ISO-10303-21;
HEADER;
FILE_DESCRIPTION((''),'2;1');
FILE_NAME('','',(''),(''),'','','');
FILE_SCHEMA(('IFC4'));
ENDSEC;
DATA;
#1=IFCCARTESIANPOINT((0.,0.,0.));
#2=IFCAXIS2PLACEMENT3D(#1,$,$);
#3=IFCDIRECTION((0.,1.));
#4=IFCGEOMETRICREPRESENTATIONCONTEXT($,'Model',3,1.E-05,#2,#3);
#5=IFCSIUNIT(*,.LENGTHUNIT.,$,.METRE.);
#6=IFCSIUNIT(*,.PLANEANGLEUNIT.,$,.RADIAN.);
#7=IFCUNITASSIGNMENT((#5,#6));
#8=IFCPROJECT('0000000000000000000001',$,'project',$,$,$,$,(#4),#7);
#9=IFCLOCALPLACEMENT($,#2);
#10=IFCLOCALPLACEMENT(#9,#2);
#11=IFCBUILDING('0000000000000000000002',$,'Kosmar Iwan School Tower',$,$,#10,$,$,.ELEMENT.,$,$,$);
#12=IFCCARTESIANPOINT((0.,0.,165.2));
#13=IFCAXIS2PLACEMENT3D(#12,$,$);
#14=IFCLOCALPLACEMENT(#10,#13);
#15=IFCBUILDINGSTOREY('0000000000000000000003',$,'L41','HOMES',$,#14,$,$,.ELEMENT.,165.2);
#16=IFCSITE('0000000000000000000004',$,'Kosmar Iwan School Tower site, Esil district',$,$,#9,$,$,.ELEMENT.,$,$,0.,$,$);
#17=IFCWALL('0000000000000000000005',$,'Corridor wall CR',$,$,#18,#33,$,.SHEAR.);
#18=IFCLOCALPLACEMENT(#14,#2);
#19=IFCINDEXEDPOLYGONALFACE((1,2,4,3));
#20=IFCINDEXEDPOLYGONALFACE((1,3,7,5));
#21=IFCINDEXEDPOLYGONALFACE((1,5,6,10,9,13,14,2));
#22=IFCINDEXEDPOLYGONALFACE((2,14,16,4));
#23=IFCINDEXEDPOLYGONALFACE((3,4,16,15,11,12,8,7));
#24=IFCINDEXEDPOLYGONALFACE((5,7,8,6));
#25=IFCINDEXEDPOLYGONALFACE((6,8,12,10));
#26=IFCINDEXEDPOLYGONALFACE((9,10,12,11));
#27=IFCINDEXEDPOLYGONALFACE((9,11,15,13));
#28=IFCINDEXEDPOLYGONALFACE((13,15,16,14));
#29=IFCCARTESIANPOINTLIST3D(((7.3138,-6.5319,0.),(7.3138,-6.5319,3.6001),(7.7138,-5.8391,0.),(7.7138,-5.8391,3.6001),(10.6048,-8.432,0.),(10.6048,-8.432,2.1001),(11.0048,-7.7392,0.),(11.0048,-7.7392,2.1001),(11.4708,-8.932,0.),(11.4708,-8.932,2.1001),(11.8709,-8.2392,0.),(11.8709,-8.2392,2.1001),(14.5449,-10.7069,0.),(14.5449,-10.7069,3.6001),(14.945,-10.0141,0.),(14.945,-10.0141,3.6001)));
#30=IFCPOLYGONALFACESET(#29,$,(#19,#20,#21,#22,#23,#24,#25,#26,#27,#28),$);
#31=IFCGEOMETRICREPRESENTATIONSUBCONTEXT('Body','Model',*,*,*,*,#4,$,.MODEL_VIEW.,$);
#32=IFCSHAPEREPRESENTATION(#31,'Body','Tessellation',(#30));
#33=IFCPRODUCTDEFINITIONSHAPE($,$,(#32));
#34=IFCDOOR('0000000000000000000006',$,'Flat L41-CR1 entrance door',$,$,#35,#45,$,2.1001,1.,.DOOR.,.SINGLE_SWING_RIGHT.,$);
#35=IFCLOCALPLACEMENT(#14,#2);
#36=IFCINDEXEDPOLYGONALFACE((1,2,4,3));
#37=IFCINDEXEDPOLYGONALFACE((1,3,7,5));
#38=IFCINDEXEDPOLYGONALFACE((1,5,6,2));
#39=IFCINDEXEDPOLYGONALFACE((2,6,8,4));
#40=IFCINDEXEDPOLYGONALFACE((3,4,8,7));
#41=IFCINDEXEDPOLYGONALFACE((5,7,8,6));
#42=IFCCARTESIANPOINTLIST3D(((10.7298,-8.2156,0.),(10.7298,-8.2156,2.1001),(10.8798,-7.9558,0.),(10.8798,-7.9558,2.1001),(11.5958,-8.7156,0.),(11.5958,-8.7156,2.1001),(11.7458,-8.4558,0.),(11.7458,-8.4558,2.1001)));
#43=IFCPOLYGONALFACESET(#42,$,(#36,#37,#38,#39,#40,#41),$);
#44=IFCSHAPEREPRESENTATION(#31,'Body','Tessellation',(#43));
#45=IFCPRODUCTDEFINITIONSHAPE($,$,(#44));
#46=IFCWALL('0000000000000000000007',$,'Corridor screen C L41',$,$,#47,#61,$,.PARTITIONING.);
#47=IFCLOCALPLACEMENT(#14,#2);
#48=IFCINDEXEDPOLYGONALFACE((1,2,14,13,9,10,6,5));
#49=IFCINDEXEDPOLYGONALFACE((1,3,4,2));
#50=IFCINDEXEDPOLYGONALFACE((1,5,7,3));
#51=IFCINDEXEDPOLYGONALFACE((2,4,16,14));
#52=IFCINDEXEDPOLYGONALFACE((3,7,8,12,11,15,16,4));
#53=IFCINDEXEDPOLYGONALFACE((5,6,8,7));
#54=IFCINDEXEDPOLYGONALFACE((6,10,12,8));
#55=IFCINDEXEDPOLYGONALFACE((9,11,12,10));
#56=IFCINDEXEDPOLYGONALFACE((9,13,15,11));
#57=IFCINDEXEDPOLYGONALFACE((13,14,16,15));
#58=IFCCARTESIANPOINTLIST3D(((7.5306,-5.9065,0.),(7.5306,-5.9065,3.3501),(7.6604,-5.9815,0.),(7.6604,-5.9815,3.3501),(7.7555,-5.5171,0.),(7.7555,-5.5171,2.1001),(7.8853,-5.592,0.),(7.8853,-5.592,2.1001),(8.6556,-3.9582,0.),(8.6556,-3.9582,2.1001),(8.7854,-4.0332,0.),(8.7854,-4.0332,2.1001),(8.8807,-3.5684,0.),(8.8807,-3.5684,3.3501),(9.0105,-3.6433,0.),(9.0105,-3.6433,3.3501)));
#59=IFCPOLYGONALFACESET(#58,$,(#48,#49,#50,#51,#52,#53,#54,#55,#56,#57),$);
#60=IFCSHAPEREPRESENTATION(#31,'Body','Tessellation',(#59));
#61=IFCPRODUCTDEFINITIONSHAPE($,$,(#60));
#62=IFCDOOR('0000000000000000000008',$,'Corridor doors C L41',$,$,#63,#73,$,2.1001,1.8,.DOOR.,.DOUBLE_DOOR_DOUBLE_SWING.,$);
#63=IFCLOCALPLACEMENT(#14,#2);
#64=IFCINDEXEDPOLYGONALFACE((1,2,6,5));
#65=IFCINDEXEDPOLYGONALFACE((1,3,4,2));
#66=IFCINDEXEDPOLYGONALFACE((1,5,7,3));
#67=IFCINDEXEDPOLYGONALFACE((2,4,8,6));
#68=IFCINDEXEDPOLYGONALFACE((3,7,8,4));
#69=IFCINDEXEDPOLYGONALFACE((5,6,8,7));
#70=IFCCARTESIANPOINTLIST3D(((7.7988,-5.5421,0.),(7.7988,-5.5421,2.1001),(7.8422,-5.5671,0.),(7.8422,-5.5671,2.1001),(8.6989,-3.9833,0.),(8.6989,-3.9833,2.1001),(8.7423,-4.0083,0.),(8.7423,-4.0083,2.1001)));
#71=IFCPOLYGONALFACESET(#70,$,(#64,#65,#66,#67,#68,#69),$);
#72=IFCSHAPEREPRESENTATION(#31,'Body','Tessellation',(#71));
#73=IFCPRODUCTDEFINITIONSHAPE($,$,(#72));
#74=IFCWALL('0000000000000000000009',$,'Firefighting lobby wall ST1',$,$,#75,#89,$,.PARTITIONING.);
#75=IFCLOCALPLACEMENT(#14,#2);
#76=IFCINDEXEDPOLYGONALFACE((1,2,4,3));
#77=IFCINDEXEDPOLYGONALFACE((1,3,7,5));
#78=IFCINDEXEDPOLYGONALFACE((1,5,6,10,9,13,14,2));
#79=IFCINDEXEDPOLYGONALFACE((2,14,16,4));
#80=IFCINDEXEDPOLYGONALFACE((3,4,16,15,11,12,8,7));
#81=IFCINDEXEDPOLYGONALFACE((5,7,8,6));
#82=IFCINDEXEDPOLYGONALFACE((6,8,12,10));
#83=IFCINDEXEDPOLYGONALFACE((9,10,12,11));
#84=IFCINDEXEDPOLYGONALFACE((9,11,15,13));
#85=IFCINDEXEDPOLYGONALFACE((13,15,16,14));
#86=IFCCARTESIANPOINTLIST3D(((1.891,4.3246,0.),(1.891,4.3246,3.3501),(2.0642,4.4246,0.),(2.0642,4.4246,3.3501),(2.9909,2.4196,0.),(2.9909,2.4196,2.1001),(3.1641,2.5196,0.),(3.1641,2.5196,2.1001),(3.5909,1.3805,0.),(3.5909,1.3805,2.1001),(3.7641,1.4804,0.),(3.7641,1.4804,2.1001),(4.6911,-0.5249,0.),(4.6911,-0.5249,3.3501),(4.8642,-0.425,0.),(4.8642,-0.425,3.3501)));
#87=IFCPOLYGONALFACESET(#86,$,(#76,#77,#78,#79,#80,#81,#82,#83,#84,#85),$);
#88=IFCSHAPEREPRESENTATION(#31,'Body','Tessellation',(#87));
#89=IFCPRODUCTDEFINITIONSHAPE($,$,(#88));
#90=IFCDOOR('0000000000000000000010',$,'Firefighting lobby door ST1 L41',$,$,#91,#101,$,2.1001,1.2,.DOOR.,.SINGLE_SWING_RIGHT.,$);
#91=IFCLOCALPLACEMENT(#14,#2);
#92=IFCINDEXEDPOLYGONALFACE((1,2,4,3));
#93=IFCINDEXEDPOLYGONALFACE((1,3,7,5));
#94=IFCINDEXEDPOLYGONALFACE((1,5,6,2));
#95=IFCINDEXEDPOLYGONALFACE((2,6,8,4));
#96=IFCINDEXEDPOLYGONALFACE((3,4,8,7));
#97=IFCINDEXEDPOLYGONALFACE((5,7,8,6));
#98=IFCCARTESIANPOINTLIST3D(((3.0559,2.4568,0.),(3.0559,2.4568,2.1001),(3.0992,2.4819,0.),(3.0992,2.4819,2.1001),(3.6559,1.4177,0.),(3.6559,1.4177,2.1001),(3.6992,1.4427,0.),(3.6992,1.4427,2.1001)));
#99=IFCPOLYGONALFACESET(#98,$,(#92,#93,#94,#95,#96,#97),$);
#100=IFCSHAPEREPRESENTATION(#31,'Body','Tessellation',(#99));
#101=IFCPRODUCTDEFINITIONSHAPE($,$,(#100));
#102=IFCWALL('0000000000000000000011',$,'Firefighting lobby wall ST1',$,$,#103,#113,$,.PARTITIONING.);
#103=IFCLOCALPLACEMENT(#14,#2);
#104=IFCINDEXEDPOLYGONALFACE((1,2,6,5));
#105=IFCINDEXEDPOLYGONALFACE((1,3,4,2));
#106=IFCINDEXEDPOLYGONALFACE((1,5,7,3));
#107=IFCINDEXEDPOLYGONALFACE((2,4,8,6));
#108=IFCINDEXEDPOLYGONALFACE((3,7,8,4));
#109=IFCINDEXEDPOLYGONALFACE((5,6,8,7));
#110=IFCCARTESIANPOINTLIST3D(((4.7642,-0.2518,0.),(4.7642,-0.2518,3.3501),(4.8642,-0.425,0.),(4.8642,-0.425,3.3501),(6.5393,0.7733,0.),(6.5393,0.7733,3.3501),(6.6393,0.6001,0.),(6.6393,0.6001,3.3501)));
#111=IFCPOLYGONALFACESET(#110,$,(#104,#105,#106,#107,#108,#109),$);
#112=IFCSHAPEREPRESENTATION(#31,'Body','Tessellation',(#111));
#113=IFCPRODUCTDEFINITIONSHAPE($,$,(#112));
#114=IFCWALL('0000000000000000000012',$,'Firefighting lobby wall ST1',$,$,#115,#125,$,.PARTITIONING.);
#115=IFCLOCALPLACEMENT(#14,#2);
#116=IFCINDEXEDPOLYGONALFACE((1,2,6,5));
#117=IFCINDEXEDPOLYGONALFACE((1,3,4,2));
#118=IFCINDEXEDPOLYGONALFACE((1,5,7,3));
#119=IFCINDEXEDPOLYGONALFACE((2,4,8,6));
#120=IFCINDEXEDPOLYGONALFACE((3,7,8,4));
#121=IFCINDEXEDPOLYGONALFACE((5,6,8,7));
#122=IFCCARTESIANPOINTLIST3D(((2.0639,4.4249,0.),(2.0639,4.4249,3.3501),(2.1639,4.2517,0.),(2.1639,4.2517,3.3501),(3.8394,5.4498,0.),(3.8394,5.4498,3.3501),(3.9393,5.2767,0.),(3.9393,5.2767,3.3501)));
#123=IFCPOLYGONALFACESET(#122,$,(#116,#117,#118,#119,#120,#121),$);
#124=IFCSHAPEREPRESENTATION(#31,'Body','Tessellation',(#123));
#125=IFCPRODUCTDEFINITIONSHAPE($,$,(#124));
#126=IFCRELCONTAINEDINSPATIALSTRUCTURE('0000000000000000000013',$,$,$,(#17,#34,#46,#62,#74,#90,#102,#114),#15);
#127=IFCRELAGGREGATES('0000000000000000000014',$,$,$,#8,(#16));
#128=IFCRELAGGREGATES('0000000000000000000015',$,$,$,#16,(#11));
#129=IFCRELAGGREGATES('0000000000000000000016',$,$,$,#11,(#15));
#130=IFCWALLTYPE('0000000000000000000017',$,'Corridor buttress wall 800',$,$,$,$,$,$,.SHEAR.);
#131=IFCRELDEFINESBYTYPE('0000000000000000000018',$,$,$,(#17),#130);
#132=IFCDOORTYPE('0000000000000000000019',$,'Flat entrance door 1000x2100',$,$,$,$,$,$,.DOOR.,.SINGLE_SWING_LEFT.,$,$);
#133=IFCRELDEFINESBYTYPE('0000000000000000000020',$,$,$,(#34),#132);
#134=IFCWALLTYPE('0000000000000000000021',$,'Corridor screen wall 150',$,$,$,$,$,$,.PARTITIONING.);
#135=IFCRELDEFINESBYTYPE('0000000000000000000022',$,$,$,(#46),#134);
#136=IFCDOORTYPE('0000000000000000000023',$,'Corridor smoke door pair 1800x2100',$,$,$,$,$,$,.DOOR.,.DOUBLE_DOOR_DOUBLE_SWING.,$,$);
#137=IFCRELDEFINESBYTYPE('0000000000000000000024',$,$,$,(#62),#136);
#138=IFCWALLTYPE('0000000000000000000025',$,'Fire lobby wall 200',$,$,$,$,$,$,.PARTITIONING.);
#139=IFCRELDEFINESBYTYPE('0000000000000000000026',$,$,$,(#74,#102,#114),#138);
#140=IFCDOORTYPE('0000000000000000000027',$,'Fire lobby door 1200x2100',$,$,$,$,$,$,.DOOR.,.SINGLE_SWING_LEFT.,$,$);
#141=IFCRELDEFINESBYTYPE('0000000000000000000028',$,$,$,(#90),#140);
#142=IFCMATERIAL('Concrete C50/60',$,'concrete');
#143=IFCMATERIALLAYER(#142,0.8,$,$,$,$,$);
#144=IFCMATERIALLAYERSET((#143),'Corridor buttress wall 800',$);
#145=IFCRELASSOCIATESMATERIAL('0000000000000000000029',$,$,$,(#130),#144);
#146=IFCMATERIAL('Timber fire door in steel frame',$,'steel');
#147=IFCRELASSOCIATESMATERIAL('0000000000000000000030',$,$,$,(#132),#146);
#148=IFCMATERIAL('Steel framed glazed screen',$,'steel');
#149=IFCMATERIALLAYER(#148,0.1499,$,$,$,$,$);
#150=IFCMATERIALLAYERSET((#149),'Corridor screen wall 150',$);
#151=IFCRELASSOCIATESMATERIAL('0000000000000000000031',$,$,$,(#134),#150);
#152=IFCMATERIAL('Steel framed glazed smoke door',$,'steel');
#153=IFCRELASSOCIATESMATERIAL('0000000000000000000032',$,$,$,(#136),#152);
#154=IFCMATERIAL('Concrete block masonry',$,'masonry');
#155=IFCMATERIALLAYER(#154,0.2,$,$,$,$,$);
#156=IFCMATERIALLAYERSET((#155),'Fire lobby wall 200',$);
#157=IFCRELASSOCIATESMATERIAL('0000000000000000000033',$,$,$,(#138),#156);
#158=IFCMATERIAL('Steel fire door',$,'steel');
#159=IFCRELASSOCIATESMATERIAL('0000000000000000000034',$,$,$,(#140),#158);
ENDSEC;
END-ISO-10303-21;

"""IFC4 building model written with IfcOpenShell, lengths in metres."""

from ifc_helpers import new_model, si_unit, direction, frame, frame_2d, origin, place, context, subcontext, project, spatial, rectangle, extrude, material, layer, layer_set, type_object, element, fill, save


model = new_model("IFC4")

# Units and contexts
model_context = context("Model", 3, precision=1e-05, world=origin(), true_north=direction((0.0, 1.0)))
body_context = subcontext(model_context, "Body", "Model", "MODEL_VIEW")
ifc_project = project(units=[si_unit("LENGTHUNIT", "METRE"), si_unit("PLANEANGLEUNIT", "RADIAN")], contexts=[model_context])

# Site, building, storey
site_placement = place(None, origin())
site = spatial("IfcSite", under=ifc_project, at=site_placement, Name="Kosmar Iwan School Tower site, Esil district", CompositionType="ELEMENT", RefElevation=0.0)
building_placement = place(site_placement, origin())
building = spatial("IfcBuilding", under=site, at=building_placement, Name="Kosmar Iwan School Tower", CompositionType="ELEMENT")
storey_placement = place(building_placement, frame((0.0, 0.0, 165.2)))
storey = spatial("IfcBuildingStorey", under=building, at=storey_placement, Name="L41", Description="HOMES", CompositionType="ELEMENT", Elevation=165.2)

# Walls, openings, doors
ifc_material_1 = material(Name="Concrete C50/60", Category="concrete")
ifc_layer_1 = layer(ifc_material_1, 0.8)
ifc_layer_set_1 = layer_set([ifc_layer_1], Name="Corridor buttress wall 800")
wall_type_1 = type_object("IfcWallType", Name="Corridor buttress wall 800", PredefinedType="SHEAR", material=ifc_layer_set_1)
ifc_material_2 = material(Name="Timber fire door in steel frame", Category="steel")
door_type_1 = type_object("IfcDoorType", Name="Flat entrance door 1000x2100", OperationType="SINGLE_SWING_LEFT", PredefinedType="DOOR", material=ifc_material_2)
wall_1_placement = place(storey_placement, frame((7.5139, -6.1855, 0.0), z_axis=(0.0, 0.0, 1.0), x_axis=(0.86602, -0.50001, 0.0)))
wall_1 = element("IfcWall", 1, at=wall_1_placement, inside=storey, type_object=wall_type_1, Name="Corridor wall CR", PredefinedType="SHEAR", context=body_context, shape_type="SweptSolid", body=[
    extrude(rectangle(XDim=8.3499, YDim=0.8, at=frame_2d((4.1748, 0.0))), origin(), (0.0, 0.0, 1.0), 3.6001),
])
opening_1_placement = place(wall_1_placement, frame((3.8, 0.0, 0.0)))
opening_1 = element("IfcOpeningElement", 2, at=opening_1_placement, cuts=wall_1, PredefinedType="OPENING", context=body_context, shape_type="SweptSolid", body=[
    extrude(rectangle(XDim=1.0, YDim=2.1001, at=frame_2d((0.5, 1.05))), frame((0.0, 0.4121, 0.0), z_axis=(0.0, -1.0, 0.0), x_axis=(1.0, 0.0, 0.0)), (0.0, 0.0, 1.0), 0.824),
])
door_1_placement = place(opening_1_placement, origin())
door_1 = element("IfcDoor", 3, at=door_1_placement, inside=storey, type_object=door_type_1, Name="Flat L41-CR1 entrance door", OperationType="SINGLE_SWING_RIGHT", OverallHeight=2.1001, OverallWidth=1.0, PredefinedType="DOOR", context=body_context, shape_type="SweptSolid", body=[
    extrude(rectangle(XDim=1.0, YDim=2.1001, at=frame_2d((0.5, 1.05))), frame((0.0, 0.1499, 0.0), z_axis=(0.0, -1.0, 0.0), x_axis=(1.0, 0.0, 0.0)), (0.0, 0.0, 1.0), 0.3),
])
fill(opening_1, door_1)
ifc_material_3 = material(Name="Steel framed glazed screen", Category="steel")
ifc_layer_2 = layer(ifc_material_3, 0.1499)
ifc_layer_set_2 = layer_set([ifc_layer_2], Name="Corridor screen wall 150")
wall_type_2 = type_object("IfcWallType", Name="Corridor screen wall 150", PredefinedType="PARTITIONING", material=ifc_layer_set_2)
wall_2_placement = place(storey_placement, frame((7.5955, -5.9441, 0.0), z_axis=(0.0, 0.0, 1.0), x_axis=(0.500049, 0.865997, 0.0)))
wall_2 = element("IfcWall", 4, at=wall_2_placement, inside=storey, type_object=wall_type_2, Name="Corridor screen C L41", PredefinedType="PARTITIONING", context=body_context, shape_type="SweptSolid", body=[
    extrude(rectangle(XDim=2.7, YDim=0.1499, at=frame_2d((1.3501, 0.0))), origin(), (0.0, 0.0, 1.0), 3.3501),
])
opening_2_placement = place(wall_2_placement, frame((0.45, 0.0, 0.0)))
opening_2 = element("IfcOpeningElement", 5, at=opening_2_placement, cuts=wall_2, PredefinedType="OPENING", context=body_context, shape_type="SweptSolid", body=[
    extrude(rectangle(XDim=1.8, YDim=2.1001, at=frame_2d((0.8999, 1.05))), frame((0.0, 0.0869, 0.0), z_axis=(0.0, -1.0, 0.0), x_axis=(1.0, 0.0, 0.0)), (0.0, 0.0, 1.0), 0.1738),
])
ifc_material_4 = material(Name="Steel framed glazed smoke door", Category="steel")
door_type_2 = type_object("IfcDoorType", Name="Corridor smoke door pair 1800x2100", OperationType="DOUBLE_DOOR_DOUBLE_SWING", PredefinedType="DOOR", material=ifc_material_4)
door_2_placement = place(opening_2_placement, origin())
door_2 = element("IfcDoor", 6, at=door_2_placement, inside=storey, type_object=door_type_2, Name="Corridor doors C L41", OperationType="DOUBLE_DOOR_DOUBLE_SWING", OverallHeight=2.1001, OverallWidth=1.8, PredefinedType="DOOR", context=body_context, shape_type="SweptSolid", body=[
    extrude(rectangle(XDim=1.8, YDim=2.1001, at=frame_2d((0.8999, 1.05))), frame((0.0, 0.0249, 0.0), z_axis=(0.0, -1.0, 0.0), x_axis=(1.0, 0.0, 0.0)), (0.0, 0.0, 1.0), 0.05),
])
fill(opening_2, door_2)
ifc_material_5 = material(Name="Concrete block masonry", Category="masonry")
ifc_layer_3 = layer(ifc_material_5, 0.2)
ifc_layer_set_3 = layer_set([ifc_layer_3], Name="Fire lobby wall 200")
wall_type_3 = type_object("IfcWallType", Name="Fire lobby wall 200", PredefinedType="PARTITIONING", material=ifc_layer_set_3)
wall_3_placement = place(storey_placement, frame((4.7776, -0.4749, 0.0), z_axis=(0.0, 0.0, 1.0), x_axis=(-0.500017, 0.866016, 0.0)))
wall_3 = element("IfcWall", 7, at=wall_3_placement, inside=storey, type_object=wall_type_3, Name="Firefighting lobby wall ST1", PredefinedType="PARTITIONING", context=body_context, shape_type="SweptSolid", body=[
    extrude(rectangle(XDim=5.5999, YDim=0.2, at=frame_2d((2.7998, 0.0))), origin(), (0.0, 0.0, 1.0), 3.3501),
])
opening_3_placement = place(wall_3_placement, frame((2.2, 0.0, 0.0)))
opening_3 = element("IfcOpeningElement", 8, at=opening_3_placement, cuts=wall_3, PredefinedType="OPENING", context=body_context, shape_type="SweptSolid", body=[
    extrude(rectangle(XDim=1.2, YDim=2.1001, at=frame_2d((0.6001, 1.05))), frame((0.0, 0.1121, 0.0), z_axis=(0.0, -1.0, 0.0), x_axis=(1.0, 0.0, 0.0)), (0.0, 0.0, 1.0), 0.2239),
])
ifc_material_6 = material(Name="Steel fire door", Category="steel")
door_type_3 = type_object("IfcDoorType", Name="Fire lobby door 1200x2100", OperationType="SINGLE_SWING_LEFT", PredefinedType="DOOR", material=ifc_material_6)
door_3_placement = place(opening_3_placement, frame((1.2, 0.0, 0.0), z_axis=(0.0, 0.0, 1.0), x_axis=(-1.0, 0.0, 0.0)))
door_3 = element("IfcDoor", 9, at=door_3_placement, inside=storey, type_object=door_type_3, Name="Firefighting lobby door ST1 L41", OperationType="SINGLE_SWING_RIGHT", OverallHeight=2.1001, OverallWidth=1.2, PredefinedType="DOOR", context=body_context, shape_type="SweptSolid", body=[
    extrude(rectangle(XDim=1.2, YDim=2.1001, at=frame_2d((0.6001, 1.05))), frame((0.0, 0.0249, 0.0), z_axis=(0.0, -1.0, 0.0), x_axis=(1.0, 0.0, 0.0)), (0.0, 0.0, 1.0), 0.05),
])
fill(opening_3, door_3)

# Walls
wall_4_placement = place(storey_placement, frame((4.8142, -0.3384, 0.0), z_axis=(0.0, 0.0, 1.0), x_axis=(0.865969, 0.500097, 0.0)))
element("IfcWall", 10, at=wall_4_placement, inside=storey, type_object=wall_type_3, Name="Firefighting lobby wall ST1", PredefinedType="PARTITIONING", context=body_context, shape_type="SweptSolid", body=[
    extrude(rectangle(XDim=2.0498, YDim=0.2, at=frame_2d((1.0249, 0.0))), origin(), (0.0, 0.0, 1.0), 3.3501),
])
wall_5_placement = place(storey_placement, frame((2.114, 4.3384, 0.0), z_axis=(0.0, 0.0, 1.0), x_axis=(0.866051, 0.499956, 0.0)))
element("IfcWall", 11, at=wall_5_placement, inside=storey, type_object=wall_type_3, Name="Firefighting lobby wall ST1", PredefinedType="PARTITIONING", context=body_context, shape_type="SweptSolid", body=[
    extrude(rectangle(XDim=2.05, YDim=0.2, at=frame_2d((1.0249, 0.0))), origin(), (0.0, 0.0, 1.0), 3.3501),
])

save(model, "model.ifc")
